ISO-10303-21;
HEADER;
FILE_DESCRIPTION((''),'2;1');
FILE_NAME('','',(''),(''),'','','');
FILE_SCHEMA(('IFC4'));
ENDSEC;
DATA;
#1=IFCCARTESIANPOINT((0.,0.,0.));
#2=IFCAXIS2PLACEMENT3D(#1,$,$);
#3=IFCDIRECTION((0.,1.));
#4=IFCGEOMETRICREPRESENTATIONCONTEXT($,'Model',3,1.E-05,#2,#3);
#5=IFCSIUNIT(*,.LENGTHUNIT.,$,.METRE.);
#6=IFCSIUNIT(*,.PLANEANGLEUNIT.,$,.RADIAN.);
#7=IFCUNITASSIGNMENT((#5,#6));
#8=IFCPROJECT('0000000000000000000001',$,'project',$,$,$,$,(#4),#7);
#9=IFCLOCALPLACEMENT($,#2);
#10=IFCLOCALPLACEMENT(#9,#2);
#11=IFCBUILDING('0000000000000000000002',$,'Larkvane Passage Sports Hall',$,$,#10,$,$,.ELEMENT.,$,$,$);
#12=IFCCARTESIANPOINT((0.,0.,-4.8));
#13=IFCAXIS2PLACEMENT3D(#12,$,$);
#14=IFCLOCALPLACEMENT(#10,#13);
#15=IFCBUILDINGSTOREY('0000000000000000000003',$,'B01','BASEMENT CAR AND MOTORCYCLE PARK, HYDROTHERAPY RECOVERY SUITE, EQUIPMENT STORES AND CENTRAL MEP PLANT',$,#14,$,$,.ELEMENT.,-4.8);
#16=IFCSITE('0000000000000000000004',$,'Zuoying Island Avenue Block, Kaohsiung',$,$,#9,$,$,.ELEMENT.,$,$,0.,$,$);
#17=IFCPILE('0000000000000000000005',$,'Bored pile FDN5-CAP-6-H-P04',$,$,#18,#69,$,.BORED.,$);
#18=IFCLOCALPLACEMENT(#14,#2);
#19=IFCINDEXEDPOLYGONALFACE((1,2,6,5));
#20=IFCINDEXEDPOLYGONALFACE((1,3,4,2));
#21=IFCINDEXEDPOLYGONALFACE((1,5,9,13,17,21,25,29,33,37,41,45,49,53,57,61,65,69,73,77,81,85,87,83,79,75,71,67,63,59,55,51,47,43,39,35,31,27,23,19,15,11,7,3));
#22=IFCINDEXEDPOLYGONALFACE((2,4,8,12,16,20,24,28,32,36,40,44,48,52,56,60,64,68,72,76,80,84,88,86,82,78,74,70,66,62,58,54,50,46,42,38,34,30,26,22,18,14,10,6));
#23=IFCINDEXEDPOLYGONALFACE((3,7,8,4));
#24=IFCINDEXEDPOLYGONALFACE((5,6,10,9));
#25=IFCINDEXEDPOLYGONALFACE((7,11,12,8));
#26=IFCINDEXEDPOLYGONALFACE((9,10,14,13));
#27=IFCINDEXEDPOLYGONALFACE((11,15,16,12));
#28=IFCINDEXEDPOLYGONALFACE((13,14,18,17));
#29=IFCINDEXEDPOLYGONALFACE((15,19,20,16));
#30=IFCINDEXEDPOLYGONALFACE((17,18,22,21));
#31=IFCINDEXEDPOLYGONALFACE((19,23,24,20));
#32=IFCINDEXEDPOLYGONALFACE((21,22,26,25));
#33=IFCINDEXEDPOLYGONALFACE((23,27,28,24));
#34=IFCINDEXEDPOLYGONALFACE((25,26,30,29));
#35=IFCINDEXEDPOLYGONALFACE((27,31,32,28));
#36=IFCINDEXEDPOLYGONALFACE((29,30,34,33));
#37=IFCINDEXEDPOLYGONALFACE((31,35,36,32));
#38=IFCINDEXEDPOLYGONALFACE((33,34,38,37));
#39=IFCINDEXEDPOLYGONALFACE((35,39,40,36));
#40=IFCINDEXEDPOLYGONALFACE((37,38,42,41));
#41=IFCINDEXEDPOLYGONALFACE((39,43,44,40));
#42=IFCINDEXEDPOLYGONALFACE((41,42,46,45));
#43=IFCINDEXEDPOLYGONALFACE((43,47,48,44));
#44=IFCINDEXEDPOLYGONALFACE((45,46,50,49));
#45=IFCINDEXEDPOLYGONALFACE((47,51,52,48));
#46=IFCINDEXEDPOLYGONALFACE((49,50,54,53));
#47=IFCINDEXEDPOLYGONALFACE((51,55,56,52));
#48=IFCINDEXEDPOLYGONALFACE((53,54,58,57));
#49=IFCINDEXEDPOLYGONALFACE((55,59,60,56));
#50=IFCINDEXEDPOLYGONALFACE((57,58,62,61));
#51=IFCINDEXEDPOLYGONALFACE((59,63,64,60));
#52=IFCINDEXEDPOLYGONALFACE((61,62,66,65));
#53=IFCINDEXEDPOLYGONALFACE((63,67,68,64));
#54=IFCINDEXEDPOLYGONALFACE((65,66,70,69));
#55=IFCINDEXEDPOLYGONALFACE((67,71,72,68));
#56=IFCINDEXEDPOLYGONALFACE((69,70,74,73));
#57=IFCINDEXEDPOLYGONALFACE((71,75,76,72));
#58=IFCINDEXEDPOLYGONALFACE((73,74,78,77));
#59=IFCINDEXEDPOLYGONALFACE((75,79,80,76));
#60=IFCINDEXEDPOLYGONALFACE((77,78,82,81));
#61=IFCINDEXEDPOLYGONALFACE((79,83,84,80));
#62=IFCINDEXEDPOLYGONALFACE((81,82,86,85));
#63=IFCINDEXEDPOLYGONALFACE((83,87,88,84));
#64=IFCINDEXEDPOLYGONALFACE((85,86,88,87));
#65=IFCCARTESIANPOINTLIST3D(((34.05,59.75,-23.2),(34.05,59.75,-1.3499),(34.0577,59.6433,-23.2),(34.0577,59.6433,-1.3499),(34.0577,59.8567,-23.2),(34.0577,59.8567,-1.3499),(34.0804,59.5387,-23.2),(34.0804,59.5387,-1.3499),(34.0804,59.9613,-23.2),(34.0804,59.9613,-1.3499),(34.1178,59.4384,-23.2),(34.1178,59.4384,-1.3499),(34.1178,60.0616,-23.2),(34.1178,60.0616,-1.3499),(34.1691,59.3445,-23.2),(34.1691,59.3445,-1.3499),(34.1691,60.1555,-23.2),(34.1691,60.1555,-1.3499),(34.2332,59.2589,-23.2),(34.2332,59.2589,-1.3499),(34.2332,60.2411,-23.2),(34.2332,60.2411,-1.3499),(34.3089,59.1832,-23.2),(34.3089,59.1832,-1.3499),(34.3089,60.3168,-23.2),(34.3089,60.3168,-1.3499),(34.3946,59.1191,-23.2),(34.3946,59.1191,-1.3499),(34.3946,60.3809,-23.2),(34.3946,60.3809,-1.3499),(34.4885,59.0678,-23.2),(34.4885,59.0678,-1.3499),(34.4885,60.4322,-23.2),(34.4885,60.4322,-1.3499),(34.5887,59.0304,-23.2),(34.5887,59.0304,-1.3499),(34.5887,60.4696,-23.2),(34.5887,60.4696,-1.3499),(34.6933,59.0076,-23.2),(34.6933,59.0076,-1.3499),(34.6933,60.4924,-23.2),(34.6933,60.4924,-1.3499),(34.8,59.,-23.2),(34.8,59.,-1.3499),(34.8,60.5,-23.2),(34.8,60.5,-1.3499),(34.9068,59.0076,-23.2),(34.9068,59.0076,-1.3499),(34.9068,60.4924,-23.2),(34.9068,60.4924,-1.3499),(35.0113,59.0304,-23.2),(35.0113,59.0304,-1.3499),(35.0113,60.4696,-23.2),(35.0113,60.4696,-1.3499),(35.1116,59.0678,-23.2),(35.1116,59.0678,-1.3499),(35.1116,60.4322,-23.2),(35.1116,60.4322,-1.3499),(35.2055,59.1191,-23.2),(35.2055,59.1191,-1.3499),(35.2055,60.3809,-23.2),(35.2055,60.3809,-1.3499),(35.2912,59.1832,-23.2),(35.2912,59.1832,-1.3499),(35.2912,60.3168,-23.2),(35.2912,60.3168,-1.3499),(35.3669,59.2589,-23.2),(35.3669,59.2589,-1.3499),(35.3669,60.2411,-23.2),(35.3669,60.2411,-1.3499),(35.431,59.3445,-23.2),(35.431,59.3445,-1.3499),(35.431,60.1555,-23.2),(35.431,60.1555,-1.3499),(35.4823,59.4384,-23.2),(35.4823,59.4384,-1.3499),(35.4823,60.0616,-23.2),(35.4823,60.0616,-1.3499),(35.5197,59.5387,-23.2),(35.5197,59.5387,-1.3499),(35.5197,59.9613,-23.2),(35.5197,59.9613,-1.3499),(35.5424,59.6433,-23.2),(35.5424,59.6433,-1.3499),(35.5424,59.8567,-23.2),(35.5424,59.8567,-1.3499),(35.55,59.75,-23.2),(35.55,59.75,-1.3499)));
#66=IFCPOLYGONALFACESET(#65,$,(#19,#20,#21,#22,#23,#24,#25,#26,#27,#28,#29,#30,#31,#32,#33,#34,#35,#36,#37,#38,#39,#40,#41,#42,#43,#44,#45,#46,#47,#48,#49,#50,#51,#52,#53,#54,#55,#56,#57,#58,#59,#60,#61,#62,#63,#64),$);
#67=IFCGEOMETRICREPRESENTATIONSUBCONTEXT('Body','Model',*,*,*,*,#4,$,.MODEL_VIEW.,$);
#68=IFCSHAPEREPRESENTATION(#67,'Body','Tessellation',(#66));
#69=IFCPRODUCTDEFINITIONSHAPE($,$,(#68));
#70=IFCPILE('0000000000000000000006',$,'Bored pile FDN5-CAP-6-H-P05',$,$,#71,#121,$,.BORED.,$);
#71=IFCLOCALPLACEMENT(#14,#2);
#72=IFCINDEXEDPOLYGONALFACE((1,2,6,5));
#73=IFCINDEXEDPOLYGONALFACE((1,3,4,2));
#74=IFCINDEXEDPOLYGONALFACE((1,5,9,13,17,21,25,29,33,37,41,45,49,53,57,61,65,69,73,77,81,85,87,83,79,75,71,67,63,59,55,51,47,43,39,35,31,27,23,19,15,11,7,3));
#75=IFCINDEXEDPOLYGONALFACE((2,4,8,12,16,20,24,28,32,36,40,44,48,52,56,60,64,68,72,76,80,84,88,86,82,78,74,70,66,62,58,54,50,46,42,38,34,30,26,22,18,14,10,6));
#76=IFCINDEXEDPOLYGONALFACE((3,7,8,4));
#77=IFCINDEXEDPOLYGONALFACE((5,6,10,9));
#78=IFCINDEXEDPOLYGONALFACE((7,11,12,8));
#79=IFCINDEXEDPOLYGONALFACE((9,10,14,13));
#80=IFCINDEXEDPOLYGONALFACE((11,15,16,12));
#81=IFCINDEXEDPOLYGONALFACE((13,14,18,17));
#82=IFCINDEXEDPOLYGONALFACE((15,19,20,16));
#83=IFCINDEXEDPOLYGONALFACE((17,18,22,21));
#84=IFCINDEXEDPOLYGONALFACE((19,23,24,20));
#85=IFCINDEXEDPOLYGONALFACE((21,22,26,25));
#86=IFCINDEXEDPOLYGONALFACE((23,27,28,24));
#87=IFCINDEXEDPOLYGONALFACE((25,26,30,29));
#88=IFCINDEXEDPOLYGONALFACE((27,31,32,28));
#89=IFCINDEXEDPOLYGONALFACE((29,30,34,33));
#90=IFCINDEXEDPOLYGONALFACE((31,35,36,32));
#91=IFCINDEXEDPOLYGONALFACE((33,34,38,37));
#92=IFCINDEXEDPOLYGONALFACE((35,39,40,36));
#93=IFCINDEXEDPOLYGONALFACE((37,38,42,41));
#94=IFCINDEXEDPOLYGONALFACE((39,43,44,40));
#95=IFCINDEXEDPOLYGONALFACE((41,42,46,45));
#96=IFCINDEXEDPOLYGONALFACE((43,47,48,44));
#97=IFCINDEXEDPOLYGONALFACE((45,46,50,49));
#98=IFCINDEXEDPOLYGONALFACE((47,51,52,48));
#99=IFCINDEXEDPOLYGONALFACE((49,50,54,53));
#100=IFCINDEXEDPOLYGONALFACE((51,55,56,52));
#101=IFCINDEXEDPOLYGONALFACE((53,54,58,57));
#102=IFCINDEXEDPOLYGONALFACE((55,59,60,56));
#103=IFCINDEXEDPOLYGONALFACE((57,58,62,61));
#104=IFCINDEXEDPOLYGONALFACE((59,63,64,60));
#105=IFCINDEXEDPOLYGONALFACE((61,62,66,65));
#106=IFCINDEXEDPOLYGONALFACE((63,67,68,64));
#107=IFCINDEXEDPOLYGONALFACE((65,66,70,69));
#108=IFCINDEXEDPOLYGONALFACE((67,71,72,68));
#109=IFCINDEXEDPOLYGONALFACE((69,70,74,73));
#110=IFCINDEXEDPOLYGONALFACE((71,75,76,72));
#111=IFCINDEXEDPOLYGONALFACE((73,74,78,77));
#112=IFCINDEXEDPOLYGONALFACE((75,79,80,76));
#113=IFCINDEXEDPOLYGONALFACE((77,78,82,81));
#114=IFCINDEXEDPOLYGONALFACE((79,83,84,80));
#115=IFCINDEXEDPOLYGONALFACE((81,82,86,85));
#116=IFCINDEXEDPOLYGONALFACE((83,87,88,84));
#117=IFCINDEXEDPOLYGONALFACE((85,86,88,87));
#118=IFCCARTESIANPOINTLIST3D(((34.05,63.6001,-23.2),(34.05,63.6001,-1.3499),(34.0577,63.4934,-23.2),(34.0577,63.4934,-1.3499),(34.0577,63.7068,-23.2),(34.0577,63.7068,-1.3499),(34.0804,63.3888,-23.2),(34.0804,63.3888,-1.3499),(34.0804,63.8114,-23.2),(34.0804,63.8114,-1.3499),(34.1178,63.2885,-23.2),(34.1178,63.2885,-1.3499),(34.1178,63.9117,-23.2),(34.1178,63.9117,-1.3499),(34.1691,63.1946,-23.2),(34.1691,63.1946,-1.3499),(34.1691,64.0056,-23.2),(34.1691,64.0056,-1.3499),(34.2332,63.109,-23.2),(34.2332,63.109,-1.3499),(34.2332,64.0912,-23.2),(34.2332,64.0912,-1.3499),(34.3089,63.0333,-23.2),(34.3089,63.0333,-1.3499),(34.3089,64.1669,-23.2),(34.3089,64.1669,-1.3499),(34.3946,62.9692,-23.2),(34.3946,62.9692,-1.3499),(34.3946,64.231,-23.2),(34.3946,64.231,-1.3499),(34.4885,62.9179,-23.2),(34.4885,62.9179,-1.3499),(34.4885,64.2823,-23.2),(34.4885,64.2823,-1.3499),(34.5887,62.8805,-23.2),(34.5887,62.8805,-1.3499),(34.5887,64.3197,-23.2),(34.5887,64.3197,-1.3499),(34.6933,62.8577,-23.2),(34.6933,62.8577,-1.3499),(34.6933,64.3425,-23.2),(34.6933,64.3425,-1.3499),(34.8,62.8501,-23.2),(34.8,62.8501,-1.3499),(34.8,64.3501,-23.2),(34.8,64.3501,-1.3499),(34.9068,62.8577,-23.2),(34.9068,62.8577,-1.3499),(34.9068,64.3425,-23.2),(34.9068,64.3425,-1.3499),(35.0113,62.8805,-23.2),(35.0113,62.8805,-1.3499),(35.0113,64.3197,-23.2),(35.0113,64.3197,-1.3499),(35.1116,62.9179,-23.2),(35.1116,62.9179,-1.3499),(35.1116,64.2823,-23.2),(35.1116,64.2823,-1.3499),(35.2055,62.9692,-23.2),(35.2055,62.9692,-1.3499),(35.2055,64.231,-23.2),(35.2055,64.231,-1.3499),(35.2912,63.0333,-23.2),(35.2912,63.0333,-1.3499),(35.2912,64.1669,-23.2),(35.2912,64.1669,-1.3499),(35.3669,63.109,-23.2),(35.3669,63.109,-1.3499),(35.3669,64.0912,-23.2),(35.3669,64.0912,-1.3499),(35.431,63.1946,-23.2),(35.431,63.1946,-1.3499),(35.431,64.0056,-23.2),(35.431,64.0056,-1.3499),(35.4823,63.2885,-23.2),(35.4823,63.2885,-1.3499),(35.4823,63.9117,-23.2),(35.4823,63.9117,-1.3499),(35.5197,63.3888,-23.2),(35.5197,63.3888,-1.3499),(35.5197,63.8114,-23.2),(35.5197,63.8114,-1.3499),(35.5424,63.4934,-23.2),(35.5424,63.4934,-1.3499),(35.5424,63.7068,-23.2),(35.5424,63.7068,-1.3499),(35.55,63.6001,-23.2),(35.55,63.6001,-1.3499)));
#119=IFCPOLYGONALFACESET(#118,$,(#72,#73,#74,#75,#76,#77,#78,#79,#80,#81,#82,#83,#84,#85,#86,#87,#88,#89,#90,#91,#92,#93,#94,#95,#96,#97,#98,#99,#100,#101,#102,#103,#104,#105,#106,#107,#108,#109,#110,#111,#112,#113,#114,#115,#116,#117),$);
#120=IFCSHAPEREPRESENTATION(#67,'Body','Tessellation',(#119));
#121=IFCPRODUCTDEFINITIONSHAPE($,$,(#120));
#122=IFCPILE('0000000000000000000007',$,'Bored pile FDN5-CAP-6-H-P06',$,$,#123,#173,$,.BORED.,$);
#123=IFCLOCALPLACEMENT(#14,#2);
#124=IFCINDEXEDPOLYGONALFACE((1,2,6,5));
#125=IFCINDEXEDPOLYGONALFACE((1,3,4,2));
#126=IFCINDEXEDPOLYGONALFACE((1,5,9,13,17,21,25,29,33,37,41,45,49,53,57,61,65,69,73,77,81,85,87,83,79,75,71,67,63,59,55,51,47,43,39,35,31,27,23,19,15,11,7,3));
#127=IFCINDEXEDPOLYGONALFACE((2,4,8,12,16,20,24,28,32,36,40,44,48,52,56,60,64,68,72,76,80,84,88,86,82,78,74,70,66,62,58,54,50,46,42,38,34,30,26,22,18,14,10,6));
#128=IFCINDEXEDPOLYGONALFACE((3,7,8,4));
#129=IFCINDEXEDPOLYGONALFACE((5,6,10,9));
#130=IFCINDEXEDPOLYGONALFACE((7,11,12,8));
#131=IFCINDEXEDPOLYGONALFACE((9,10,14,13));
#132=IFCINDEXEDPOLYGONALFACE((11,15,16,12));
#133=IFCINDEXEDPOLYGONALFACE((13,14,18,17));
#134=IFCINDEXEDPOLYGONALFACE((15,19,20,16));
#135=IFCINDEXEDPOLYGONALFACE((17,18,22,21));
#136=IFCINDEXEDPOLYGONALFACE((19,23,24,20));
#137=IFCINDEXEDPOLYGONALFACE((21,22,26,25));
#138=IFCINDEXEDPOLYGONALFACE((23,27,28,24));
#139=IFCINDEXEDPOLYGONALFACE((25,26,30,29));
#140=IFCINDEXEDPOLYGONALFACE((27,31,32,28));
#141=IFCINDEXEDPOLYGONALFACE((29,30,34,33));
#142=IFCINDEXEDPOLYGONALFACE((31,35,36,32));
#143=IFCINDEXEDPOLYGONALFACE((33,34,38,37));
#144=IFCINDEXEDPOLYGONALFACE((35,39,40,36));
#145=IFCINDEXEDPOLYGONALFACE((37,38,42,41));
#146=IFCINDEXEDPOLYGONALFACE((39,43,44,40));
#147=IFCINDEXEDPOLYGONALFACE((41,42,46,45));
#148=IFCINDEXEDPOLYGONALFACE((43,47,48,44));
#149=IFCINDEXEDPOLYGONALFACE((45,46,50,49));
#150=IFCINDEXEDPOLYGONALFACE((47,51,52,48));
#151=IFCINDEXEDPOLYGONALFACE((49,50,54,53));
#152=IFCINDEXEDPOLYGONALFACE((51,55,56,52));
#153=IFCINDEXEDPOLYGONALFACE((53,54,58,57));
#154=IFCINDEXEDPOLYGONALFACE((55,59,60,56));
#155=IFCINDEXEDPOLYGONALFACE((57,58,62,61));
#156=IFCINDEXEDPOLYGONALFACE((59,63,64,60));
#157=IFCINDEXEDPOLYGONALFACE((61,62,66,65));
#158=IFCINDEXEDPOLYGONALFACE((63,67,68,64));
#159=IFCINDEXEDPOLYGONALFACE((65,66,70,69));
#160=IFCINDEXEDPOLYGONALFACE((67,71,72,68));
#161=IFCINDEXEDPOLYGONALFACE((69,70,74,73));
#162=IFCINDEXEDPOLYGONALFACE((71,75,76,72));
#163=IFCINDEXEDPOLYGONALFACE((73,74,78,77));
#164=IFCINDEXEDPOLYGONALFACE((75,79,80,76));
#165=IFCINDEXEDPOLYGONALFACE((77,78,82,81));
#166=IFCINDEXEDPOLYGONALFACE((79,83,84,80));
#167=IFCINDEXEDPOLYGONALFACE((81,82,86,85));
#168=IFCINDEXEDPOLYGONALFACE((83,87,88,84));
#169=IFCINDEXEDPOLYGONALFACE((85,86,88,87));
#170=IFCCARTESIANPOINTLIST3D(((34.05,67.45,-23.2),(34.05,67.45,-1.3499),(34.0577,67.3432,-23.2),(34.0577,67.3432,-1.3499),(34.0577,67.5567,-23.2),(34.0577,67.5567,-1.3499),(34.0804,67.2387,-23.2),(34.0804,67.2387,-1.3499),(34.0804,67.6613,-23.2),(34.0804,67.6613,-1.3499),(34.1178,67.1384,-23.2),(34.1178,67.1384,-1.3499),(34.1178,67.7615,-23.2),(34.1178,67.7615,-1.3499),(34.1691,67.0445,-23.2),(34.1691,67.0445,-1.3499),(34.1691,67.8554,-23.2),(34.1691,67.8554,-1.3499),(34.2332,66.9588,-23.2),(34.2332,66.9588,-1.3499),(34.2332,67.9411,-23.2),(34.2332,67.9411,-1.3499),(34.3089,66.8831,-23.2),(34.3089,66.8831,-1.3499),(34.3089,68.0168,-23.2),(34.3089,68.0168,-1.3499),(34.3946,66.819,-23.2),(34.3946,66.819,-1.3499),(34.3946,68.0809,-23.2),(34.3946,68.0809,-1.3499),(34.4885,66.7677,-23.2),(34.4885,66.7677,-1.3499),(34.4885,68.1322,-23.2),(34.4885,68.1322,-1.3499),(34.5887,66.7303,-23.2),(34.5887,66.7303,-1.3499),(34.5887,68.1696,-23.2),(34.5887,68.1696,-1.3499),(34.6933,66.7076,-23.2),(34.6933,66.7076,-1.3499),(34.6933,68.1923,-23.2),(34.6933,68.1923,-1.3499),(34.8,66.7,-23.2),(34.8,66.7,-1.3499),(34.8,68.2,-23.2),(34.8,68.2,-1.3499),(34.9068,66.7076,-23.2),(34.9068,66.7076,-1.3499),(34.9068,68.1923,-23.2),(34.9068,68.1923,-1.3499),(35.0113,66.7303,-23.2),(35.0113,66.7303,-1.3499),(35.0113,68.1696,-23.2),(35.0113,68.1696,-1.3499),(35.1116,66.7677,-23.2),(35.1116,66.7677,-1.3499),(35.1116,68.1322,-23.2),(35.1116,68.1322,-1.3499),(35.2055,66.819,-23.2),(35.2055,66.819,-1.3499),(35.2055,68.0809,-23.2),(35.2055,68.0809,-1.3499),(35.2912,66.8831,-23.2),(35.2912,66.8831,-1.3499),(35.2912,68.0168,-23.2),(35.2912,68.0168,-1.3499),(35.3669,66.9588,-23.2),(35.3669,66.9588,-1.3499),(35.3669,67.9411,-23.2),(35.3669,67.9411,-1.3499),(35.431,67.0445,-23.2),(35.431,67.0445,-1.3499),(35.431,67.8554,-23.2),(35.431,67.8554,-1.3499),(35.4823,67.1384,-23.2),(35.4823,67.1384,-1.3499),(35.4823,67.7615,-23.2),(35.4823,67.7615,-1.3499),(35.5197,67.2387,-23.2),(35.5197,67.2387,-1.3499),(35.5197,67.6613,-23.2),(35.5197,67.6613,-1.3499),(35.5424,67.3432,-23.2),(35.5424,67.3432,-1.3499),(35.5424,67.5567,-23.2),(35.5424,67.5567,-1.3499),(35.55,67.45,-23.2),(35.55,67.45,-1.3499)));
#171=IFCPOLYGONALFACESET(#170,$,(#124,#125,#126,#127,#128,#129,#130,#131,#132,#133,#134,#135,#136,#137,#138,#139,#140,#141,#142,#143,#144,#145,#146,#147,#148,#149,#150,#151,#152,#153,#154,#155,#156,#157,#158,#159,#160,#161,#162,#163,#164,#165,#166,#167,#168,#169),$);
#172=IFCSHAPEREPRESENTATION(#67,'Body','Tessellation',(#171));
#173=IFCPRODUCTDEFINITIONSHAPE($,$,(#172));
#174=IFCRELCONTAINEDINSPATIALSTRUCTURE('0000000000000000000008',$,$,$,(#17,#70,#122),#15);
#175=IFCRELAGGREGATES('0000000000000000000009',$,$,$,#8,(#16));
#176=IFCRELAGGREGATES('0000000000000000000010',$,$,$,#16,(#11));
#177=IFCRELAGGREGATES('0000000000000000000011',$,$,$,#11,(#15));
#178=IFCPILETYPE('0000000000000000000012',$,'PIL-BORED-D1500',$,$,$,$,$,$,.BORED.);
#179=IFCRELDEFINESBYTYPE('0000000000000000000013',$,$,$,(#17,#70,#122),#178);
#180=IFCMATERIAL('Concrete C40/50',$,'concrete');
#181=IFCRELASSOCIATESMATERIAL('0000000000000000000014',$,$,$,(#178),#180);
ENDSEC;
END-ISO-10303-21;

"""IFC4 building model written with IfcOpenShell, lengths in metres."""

from ifc_helpers import new_model, si_unit, direction, frame, origin, origin_2d, place, context, subcontext, project, spatial, circle, extrude, material, material_profile, profile_set, type_object, element, save


model = new_model("IFC4")

# Units and contexts
model_context = context("Model", 3, precision=1e-05, world=origin(), true_north=direction((0.0, 1.0)))
body_context = subcontext(model_context, "Body", "Model", "MODEL_VIEW")
ifc_project = project(units=[si_unit("LENGTHUNIT", "METRE"), si_unit("PLANEANGLEUNIT", "RADIAN")], contexts=[model_context])

# Site, building, storey
site_placement = place(None, origin())
site = spatial("IfcSite", under=ifc_project, at=site_placement, Name="Zuoying Island Avenue Block, Kaohsiung", CompositionType="ELEMENT", RefElevation=0.0)
building_placement = place(site_placement, origin())
building = spatial("IfcBuilding", under=site, at=building_placement, Name="Larkvane Passage Sports Hall", CompositionType="ELEMENT")
storey_placement = place(building_placement, frame((0.0, 0.0, -4.8)))
storey = spatial("IfcBuildingStorey", under=building, at=storey_placement, Name="B01", Description="BASEMENT CAR AND MOTORCYCLE PARK, HYDROTHERAPY RECOVERY SUITE, EQUIPMENT STORES AND CENTRAL MEP PLANT", CompositionType="ELEMENT", Elevation=-4.8)

# Shared definitions
ifc_material_1 = material(Name="Concrete C40/50", Category="concrete")

# Piles
ifc_material_profile_1 = material_profile(ifc_material_1, circle(Radius=0.75, at=origin_2d()), Name="PILE-D1500")
ifc_profile_set_1 = profile_set([ifc_material_profile_1], Name="Concrete C40/50")
pile_type_1 = type_object("IfcPileType", Name="PIL-BORED-D1500", PredefinedType="BORED", material=ifc_profile_set_1)
for number, where, z_axis, x_axis, name in (
    (1, (34.8, 59.75, -1.3499), (0.0, 0.0, -1.0), (1.0, 0.0, 0.0), "Bored pile FDN5-CAP-6-H-P04"),
    (2, (34.8, 63.6001, -1.3499), (0.0, 0.0, -1.0), (1.0, 0.0, 0.0), "Bored pile FDN5-CAP-6-H-P05"),
    (3, (34.8, 67.45, -1.3499), (0.0, 0.0, -1.0), (1.0, 0.0, 0.0), "Bored pile FDN5-CAP-6-H-P06"),
):
    element("IfcPile", number, at=place(storey_placement, frame(where, z_axis=z_axis, x_axis=x_axis)), inside=storey, type_object=pile_type_1, Name=name, PredefinedType="BORED", context=body_context, shape_type="SweptSolid", body=[
        extrude(circle(Radius=0.75, at=origin_2d()), origin(), (0.0, 0.0, 1.0), 21.8501),
    ])

save(model, "model.ifc")
